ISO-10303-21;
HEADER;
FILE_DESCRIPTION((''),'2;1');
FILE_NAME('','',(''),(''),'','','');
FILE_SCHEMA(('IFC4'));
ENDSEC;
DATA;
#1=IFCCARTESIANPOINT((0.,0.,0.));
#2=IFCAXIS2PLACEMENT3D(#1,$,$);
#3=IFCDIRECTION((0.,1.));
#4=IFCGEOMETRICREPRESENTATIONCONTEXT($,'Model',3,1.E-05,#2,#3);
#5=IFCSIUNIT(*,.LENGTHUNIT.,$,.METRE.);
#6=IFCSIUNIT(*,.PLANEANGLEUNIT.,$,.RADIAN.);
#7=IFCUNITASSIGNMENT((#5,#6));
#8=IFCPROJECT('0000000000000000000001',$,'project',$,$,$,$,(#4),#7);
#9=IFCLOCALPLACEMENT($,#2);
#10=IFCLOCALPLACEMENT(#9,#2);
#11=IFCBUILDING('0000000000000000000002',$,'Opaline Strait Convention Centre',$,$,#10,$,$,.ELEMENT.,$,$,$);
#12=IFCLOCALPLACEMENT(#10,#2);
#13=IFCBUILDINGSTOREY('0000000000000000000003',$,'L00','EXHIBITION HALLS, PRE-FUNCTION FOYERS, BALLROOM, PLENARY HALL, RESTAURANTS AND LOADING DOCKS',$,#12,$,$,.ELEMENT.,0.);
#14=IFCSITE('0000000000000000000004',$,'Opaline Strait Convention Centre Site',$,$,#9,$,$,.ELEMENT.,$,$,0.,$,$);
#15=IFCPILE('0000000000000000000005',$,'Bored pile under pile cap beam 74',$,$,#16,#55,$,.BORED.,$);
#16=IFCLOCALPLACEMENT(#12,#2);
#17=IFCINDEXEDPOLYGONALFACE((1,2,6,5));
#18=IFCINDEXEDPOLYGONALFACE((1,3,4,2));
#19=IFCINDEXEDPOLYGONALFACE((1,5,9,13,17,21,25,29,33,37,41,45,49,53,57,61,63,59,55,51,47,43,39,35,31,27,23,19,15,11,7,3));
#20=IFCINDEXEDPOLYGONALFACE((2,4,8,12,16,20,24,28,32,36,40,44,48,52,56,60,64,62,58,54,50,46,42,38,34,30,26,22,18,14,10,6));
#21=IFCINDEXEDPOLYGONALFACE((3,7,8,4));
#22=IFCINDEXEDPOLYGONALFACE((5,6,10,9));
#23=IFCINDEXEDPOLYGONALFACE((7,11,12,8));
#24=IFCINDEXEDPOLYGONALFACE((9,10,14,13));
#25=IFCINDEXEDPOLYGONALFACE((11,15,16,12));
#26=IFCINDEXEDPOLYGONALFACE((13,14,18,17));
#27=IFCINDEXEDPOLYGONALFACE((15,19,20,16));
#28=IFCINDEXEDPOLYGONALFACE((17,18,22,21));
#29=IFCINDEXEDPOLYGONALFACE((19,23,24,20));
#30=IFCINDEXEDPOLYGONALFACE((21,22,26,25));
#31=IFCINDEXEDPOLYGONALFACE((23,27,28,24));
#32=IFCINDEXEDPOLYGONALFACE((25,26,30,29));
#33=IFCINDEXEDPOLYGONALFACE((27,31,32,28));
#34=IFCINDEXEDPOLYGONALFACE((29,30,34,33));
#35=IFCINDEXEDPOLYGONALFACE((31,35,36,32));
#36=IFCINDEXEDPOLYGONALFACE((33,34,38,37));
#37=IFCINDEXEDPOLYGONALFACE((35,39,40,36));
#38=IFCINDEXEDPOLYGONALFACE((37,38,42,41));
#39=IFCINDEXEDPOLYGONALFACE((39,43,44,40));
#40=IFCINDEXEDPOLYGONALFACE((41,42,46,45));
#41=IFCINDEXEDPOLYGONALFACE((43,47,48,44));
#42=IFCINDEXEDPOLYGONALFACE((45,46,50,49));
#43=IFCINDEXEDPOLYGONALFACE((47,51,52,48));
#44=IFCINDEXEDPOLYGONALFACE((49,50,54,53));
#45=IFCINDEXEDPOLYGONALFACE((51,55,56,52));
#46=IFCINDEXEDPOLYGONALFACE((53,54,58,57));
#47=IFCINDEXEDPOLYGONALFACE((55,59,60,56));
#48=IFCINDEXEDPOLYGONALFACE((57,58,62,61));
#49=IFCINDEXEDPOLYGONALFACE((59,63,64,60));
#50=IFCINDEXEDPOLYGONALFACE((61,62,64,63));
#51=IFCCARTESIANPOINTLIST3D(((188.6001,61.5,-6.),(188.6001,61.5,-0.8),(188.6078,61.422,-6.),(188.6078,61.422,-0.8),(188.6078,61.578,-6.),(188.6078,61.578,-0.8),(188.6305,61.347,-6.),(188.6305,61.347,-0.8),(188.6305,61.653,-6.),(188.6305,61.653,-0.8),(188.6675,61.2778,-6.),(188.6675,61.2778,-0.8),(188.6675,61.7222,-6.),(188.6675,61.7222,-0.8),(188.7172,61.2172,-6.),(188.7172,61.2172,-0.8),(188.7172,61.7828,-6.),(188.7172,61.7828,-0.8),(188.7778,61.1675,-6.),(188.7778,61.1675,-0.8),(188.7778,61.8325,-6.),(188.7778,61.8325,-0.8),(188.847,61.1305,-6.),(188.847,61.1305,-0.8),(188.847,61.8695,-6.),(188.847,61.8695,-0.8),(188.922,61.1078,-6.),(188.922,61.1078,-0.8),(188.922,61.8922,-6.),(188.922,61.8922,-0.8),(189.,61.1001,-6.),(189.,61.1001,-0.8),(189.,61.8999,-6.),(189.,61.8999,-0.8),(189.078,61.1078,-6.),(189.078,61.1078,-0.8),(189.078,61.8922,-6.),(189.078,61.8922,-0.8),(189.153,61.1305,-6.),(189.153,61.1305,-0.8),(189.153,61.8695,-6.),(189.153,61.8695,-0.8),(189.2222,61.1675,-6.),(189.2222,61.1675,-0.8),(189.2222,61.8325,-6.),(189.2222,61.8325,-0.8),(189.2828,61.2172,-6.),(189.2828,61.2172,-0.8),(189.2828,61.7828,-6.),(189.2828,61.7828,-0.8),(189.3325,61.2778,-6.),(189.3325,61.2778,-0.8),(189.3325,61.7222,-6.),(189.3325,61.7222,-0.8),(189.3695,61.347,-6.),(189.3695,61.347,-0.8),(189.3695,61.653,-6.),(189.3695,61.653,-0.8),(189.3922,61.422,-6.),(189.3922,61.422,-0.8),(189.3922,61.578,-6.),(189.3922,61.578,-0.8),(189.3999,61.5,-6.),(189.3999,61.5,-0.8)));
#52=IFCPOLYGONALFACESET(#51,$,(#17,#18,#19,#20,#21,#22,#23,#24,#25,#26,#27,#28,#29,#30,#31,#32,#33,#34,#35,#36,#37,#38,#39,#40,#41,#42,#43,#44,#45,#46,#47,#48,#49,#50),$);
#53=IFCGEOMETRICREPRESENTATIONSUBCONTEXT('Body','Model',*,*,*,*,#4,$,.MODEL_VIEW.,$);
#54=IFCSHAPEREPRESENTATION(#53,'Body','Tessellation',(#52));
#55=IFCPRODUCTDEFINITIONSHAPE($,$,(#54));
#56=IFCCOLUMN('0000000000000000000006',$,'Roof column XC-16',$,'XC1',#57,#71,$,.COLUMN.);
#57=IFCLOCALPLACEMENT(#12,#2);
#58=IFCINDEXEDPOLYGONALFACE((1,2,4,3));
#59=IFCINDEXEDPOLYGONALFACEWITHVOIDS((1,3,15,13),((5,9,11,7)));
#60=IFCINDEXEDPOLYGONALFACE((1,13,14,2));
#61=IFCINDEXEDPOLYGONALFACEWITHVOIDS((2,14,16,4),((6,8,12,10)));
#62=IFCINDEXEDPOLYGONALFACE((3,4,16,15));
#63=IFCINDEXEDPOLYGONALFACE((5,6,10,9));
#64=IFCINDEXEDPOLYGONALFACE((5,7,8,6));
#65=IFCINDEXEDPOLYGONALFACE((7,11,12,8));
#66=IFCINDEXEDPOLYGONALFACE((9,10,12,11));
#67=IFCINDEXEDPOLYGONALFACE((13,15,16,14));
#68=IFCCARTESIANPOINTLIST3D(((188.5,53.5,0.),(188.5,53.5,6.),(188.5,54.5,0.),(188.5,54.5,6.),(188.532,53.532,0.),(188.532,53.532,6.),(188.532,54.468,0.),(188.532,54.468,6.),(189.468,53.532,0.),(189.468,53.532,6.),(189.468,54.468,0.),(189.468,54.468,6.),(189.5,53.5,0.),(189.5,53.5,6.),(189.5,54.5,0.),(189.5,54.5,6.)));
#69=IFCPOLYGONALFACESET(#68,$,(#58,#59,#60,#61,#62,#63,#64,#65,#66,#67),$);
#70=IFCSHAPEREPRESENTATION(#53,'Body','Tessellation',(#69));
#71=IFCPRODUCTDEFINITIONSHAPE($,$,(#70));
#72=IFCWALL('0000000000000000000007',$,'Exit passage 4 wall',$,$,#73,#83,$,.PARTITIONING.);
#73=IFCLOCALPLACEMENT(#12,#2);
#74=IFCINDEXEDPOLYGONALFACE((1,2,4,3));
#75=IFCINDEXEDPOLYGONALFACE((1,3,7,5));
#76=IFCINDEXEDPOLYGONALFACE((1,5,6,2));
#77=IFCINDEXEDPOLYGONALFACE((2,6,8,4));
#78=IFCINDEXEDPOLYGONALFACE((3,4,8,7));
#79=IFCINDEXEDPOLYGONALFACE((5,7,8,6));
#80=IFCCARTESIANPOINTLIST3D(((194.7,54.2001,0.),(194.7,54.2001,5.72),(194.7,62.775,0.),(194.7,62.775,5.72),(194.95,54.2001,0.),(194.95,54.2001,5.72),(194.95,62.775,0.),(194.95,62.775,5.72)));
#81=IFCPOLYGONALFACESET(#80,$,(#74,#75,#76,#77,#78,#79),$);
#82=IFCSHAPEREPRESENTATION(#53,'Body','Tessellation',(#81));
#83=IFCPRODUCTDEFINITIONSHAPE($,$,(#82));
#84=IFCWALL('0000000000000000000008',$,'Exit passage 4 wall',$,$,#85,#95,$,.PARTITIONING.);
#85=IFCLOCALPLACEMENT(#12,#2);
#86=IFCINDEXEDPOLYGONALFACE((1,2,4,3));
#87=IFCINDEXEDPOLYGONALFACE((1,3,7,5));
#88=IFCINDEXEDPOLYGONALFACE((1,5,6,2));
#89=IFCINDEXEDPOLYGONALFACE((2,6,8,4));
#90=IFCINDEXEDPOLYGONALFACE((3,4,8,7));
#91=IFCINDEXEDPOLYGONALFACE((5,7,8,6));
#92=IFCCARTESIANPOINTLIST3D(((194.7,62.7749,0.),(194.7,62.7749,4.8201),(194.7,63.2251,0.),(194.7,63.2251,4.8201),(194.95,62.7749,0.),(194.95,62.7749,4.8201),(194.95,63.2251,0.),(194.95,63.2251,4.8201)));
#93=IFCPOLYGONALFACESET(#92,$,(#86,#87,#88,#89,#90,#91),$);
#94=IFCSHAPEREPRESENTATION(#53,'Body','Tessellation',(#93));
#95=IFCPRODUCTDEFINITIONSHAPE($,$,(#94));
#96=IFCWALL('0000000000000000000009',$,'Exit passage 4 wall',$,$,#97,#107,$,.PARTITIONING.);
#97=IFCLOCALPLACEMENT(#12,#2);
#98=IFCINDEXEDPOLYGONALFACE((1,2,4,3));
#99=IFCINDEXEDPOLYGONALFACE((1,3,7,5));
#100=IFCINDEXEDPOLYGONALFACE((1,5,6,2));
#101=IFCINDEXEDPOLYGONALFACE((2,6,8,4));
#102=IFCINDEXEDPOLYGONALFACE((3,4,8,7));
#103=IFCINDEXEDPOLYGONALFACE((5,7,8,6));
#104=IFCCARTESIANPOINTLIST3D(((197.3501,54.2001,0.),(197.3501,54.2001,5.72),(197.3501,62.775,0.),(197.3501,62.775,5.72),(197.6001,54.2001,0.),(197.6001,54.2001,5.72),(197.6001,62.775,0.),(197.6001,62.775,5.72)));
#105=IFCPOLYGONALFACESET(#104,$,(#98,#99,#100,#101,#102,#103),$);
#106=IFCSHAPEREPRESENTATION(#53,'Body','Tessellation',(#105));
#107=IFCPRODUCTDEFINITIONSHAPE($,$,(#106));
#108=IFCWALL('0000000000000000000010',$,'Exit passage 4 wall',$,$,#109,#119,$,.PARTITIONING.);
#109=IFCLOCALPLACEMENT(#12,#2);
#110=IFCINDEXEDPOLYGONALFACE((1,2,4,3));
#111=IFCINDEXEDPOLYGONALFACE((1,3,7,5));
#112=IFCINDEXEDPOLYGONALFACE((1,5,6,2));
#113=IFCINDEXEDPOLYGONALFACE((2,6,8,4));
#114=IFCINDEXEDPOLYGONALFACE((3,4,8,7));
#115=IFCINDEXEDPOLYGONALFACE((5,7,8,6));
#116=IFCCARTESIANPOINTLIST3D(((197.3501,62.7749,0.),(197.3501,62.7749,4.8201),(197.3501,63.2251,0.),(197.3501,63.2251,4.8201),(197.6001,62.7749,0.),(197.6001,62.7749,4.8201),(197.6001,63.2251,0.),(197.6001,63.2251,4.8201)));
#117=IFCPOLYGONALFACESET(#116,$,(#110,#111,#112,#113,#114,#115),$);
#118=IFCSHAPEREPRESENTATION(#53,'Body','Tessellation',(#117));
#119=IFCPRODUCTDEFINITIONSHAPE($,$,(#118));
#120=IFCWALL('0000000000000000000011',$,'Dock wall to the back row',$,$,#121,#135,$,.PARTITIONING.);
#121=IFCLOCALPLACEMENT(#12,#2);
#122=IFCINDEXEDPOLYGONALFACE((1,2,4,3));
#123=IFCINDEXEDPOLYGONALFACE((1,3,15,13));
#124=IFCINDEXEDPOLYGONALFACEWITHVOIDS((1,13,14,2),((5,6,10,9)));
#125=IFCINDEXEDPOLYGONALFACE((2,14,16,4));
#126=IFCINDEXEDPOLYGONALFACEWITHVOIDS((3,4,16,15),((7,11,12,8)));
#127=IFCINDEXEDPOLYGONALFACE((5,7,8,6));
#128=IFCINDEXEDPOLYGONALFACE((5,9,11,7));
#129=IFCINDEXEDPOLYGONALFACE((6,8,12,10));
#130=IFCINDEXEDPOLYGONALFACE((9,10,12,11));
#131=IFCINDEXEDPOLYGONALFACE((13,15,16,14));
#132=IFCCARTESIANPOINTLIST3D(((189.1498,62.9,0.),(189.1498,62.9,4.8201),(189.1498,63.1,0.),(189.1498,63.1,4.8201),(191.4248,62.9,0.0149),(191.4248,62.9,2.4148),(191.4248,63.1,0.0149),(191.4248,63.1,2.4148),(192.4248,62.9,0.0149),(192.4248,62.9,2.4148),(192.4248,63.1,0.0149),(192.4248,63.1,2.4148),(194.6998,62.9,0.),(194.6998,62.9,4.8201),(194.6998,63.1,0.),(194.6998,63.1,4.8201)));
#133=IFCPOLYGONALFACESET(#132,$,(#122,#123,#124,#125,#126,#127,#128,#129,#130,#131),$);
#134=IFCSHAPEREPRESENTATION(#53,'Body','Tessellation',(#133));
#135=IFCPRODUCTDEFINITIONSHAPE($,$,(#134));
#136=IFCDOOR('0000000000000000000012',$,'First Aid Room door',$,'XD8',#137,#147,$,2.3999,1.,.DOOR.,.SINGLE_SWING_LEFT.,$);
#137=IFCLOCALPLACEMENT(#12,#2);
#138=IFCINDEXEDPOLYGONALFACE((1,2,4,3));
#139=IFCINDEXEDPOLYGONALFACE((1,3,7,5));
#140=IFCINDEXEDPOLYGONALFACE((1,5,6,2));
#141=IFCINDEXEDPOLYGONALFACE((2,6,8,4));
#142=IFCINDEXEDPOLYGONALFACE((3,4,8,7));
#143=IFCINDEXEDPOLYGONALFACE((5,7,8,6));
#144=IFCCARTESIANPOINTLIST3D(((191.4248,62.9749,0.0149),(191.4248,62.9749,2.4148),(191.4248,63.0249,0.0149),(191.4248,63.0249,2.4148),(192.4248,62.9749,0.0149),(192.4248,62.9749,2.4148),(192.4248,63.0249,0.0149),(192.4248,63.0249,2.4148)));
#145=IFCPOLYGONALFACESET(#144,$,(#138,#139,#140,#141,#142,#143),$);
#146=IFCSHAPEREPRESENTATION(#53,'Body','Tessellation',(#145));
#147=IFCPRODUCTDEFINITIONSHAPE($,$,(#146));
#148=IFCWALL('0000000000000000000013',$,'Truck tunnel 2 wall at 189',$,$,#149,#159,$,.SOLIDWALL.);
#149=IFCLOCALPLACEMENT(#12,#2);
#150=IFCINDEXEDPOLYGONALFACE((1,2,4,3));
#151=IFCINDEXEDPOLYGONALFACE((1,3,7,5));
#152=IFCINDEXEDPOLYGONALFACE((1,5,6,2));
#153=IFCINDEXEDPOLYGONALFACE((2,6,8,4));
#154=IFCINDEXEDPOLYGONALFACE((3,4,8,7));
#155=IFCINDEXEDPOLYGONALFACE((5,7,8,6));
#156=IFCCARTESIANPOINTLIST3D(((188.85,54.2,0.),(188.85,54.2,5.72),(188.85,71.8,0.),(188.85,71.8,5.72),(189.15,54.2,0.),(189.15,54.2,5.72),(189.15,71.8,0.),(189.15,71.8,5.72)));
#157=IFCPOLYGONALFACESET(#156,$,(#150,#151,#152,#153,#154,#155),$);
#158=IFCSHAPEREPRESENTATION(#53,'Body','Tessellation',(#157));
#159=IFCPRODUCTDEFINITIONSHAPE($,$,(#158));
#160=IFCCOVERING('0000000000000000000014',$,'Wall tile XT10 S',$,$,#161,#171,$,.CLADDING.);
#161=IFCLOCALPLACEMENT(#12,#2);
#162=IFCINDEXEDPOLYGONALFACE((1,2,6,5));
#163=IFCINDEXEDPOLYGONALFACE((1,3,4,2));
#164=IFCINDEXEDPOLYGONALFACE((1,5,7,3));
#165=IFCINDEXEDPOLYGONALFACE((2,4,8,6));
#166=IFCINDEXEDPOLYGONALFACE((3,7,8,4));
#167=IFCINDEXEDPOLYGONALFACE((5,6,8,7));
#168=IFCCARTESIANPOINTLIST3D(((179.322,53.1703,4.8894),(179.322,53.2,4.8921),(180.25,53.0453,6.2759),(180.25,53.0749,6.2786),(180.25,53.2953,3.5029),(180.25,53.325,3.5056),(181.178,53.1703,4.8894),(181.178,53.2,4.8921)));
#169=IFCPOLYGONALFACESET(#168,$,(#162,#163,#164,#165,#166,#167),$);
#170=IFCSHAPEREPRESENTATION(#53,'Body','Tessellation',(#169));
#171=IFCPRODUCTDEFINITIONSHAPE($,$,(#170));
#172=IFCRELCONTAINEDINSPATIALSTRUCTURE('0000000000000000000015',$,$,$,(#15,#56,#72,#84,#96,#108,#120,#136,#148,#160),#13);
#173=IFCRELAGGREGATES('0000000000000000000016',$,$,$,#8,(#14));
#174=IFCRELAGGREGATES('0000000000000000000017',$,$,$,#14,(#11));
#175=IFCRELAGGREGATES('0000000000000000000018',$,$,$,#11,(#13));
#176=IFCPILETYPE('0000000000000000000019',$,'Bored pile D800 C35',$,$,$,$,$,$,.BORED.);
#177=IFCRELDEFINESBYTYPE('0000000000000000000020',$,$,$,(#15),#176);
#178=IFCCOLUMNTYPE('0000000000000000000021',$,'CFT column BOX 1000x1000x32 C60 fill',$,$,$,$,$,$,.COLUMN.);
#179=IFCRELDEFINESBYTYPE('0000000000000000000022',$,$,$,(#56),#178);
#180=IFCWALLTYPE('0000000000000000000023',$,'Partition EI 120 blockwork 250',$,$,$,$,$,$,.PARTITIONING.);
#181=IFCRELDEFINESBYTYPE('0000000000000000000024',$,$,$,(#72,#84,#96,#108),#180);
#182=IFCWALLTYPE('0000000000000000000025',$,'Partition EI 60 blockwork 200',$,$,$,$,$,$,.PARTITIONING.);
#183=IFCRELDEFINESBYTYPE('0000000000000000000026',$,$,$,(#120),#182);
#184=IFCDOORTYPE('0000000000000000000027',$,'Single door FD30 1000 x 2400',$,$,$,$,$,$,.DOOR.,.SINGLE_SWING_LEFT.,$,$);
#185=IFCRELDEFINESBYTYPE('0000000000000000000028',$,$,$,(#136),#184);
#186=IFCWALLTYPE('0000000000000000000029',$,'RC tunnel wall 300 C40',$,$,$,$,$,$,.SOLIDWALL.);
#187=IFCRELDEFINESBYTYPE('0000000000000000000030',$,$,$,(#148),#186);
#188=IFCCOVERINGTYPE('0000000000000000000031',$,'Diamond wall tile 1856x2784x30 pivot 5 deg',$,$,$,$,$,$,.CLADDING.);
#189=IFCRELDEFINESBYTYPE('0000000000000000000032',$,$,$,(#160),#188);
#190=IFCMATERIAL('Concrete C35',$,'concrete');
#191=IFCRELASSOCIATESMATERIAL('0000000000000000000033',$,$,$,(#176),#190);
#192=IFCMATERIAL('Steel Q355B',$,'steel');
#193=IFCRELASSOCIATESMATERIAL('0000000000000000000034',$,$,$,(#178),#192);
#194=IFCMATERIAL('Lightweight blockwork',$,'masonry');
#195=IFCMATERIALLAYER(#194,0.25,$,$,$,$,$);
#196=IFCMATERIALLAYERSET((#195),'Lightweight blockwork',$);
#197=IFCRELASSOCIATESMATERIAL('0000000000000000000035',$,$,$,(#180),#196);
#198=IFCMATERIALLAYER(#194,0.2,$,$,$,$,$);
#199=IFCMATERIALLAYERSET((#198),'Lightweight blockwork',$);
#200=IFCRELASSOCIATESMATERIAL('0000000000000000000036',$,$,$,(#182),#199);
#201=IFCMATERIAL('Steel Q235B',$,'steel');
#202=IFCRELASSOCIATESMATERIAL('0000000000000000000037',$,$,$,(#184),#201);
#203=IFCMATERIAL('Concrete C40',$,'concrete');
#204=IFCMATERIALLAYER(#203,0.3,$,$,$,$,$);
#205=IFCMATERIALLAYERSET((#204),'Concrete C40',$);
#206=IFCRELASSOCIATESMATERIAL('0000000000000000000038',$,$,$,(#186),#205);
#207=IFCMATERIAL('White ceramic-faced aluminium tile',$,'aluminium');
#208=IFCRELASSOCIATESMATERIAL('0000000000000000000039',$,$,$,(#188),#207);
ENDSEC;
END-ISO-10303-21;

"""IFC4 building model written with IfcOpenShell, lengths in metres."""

from ifc_helpers import new_model, si_unit, direction, frame, frame_2d, origin, origin_2d, place, context, subcontext, project, spatial, polyline, rectangle, hollow_rectangle, circle, outline, extrude, material, layer, layer_set, material_profile, profile_set, type_object, element, fill, save


model = new_model("IFC4")

# Units and contexts
model_context = context("Model", 3, precision=1e-05, world=origin(), true_north=direction((0.0, 1.0)))
body_context = subcontext(model_context, "Body", "Model", "MODEL_VIEW")
ifc_project = project(units=[si_unit("LENGTHUNIT", "METRE"), si_unit("PLANEANGLEUNIT", "RADIAN")], contexts=[model_context])

# Site, building, storey
site_placement = place(None, origin())
site = spatial("IfcSite", under=ifc_project, at=site_placement, Name="Opaline Strait Convention Centre Site", CompositionType="ELEMENT", RefElevation=0.0)
building_placement = place(site_placement, origin())
building = spatial("IfcBuilding", under=site, at=building_placement, Name="Opaline Strait Convention Centre", CompositionType="ELEMENT")
storey_placement = place(building_placement, origin())
storey = spatial("IfcBuildingStorey", under=building, at=storey_placement, Name="L00", Description="EXHIBITION HALLS, PRE-FUNCTION FOYERS, BALLROOM, PLENARY HALL, RESTAURANTS AND LOADING DOCKS", CompositionType="ELEMENT", Elevation=0.0)

# Pile
ifc_material_1 = material(Name="Concrete C35", Category="concrete")
ifc_material_profile_1 = material_profile(ifc_material_1, circle(Radius=0.3999, at=origin_2d()), Name="D800")
ifc_profile_set_1 = profile_set([ifc_material_profile_1], Name="Concrete C35")
pile_type_1 = type_object("IfcPileType", Name="Bored pile D800 C35", PredefinedType="BORED", material=ifc_profile_set_1)
for number, where, z_axis, x_axis, name in (
    (1, (189.0, 61.5, -0.8), (0.0, 0.0, -1.0), (1.0, 0.0, 0.0), "Bored pile under pile cap beam 74"),
):
    element("IfcPile", number, at=place(storey_placement, frame(where, z_axis=z_axis, x_axis=x_axis)), inside=storey, type_object=pile_type_1, Name=name, PredefinedType="BORED", context=body_context, shape_type="SweptSolid", body=[
        extrude(circle(Radius=0.3999, at=origin_2d()), origin(), (0.0, 0.0, 1.0), 5.2),
    ])

# Column
ifc_material_2 = material(Name="Steel Q355B", Category="steel")
ifc_material_profile_2 = material_profile(ifc_material_2, hollow_rectangle(XDim=1.0, YDim=1.0, WallThickness=0.032, at=origin_2d()), Name="BOX 1000x1000x32")
ifc_profile_set_2 = profile_set([ifc_material_profile_2], Name="Steel Q355B")
column_type = type_object("IfcColumnType", Name="CFT column BOX 1000x1000x32 C60 fill", PredefinedType="COLUMN", material=ifc_profile_set_2)
column_placement = place(storey_placement, frame((189.0, 54.0, 0.0), z_axis=(0.0, 0.0, 1.0), x_axis=(1.0, 0.0, 0.0)))
element("IfcColumn", 2, at=column_placement, inside=storey, type_object=column_type, Name="Roof column XC-16", ObjectType="XC1", PredefinedType="COLUMN", context=body_context, shape_type="SweptSolid", body=[
    extrude(hollow_rectangle(XDim=1.0, YDim=1.0, WallThickness=0.032, at=origin_2d()), origin(), (0.0, 0.0, 1.0), 6.0),
])

# Shared definitions
ifc_material_3 = material(Name="Concrete C40", Category="concrete")
ifc_material_4 = material(Name="Steel Q235B", Category="steel")

# Walls
ifc_material_5 = material(Name="Lightweight blockwork", Category="masonry")
ifc_layer_1 = layer(ifc_material_5, 0.25)
ifc_layer_set_1 = layer_set([ifc_layer_1], Name="Lightweight blockwork")
wall_type_1 = type_object("IfcWallType", Name="Partition EI 120 blockwork 250", PredefinedType="PARTITIONING", material=ifc_layer_set_1)
wall_1_placement = place(storey_placement, frame((194.825, 54.2, 0.0), z_axis=(0.0, 0.0, 1.0), x_axis=(0.0, 1.0, 0.0)))
element("IfcWall", 3, at=wall_1_placement, inside=storey, type_object=wall_type_1, Name="Exit passage 4 wall", PredefinedType="PARTITIONING", context=body_context, shape_type="SweptSolid", body=[
    extrude(rectangle(XDim=8.575, YDim=0.25, at=frame_2d((4.2876, 0.0))), origin(), (0.0, 0.0, 1.0), 5.72),
])
wall_2_placement = place(storey_placement, frame((194.825, 62.7749, 0.0), z_axis=(0.0, 0.0, 1.0), x_axis=(0.0, 1.0, 0.0)))
element("IfcWall", 4, at=wall_2_placement, inside=storey, type_object=wall_type_1, Name="Exit passage 4 wall", PredefinedType="PARTITIONING", context=body_context, shape_type="SweptSolid", body=[
    extrude(rectangle(XDim=0.4502, YDim=0.25, at=frame_2d((0.2251, 0.0))), origin(), (0.0, 0.0, 1.0), 4.8201),
])
wall_3_placement = place(storey_placement, frame((197.4751, 54.2, 0.0), z_axis=(0.0, 0.0, 1.0), x_axis=(0.0, 1.0, 0.0)))
element("IfcWall", 5, at=wall_3_placement, inside=storey, type_object=wall_type_1, Name="Exit passage 4 wall", PredefinedType="PARTITIONING", context=body_context, shape_type="SweptSolid", body=[
    extrude(rectangle(XDim=8.575, YDim=0.25, at=frame_2d((4.2876, 0.0))), origin(), (0.0, 0.0, 1.0), 5.72),
])
wall_4_placement = place(storey_placement, frame((197.4751, 62.7749, 0.0), z_axis=(0.0, 0.0, 1.0), x_axis=(0.0, 1.0, 0.0)))
element("IfcWall", 6, at=wall_4_placement, inside=storey, type_object=wall_type_1, Name="Exit passage 4 wall", PredefinedType="PARTITIONING", context=body_context, shape_type="SweptSolid", body=[
    extrude(rectangle(XDim=0.4502, YDim=0.25, at=frame_2d((0.2251, 0.0))), origin(), (0.0, 0.0, 1.0), 4.8201),
])

# Wall, opening, door
ifc_layer_2 = layer(ifc_material_5, 0.2)
ifc_layer_set_2 = layer_set([ifc_layer_2], Name="Lightweight blockwork")
wall_type_2 = type_object("IfcWallType", Name="Partition EI 60 blockwork 200", PredefinedType="PARTITIONING", material=ifc_layer_set_2)
wall_5_placement = place(storey_placement, frame((189.1499, 63.0, 0.0), z_axis=(0.0, 0.0, 1.0), x_axis=(1.0, 0.0, 0.0)))
wall_5 = element("IfcWall", 7, at=wall_5_placement, inside=storey, type_object=wall_type_2, Name="Dock wall to the back row", PredefinedType="PARTITIONING", context=body_context, shape_type="SweptSolid", body=[
    extrude(rectangle(XDim=5.55, YDim=0.2, at=frame_2d((2.7749, 0.0))), origin(), (0.0, 0.0, 1.0), 4.8201),
])
opening_1_placement = place(wall_5_placement, frame((2.2749, 0.0, 0.0149)))
opening_1 = element("IfcOpeningElement", 8, at=opening_1_placement, cuts=wall_5, PredefinedType="OPENING", context=body_context, shape_type="SweptSolid", body=[
    extrude(rectangle(XDim=1.0, YDim=2.3999, at=frame_2d((0.5, 1.2))), frame((0.0, 0.1099, 0.0), z_axis=(0.0, -1.0, 0.0), x_axis=(1.0, 0.0, 0.0)), (0.0, 0.0, 1.0), 0.22),
])
door_type_1 = type_object("IfcDoorType", Name="Single door FD30 1000 x 2400", OperationType="SINGLE_SWING_LEFT", PredefinedType="DOOR", material=ifc_material_4)
door_1_placement = place(opening_1_placement, origin())
door_1 = element("IfcDoor", 9, at=door_1_placement, inside=storey, type_object=door_type_1, Name="First Aid Room door", ObjectType="XD8", OperationType="SINGLE_SWING_LEFT", OverallHeight=2.3999, OverallWidth=1.0, PredefinedType="DOOR", context=body_context, shape_type="SweptSolid", body=[
    extrude(rectangle(XDim=1.0, YDim=2.3999, at=frame_2d((0.5, 1.2))), frame((0.0, 0.0249, 0.0), z_axis=(0.0, -1.0, 0.0), x_axis=(1.0, 0.0, 0.0)), (0.0, 0.0, 1.0), 0.05),
])
fill(opening_1, door_1)

# Wall
ifc_layer_3 = layer(ifc_material_3, 0.3)
ifc_layer_set_3 = layer_set([ifc_layer_3], Name="Concrete C40")
wall_type_3 = type_object("IfcWallType", Name="RC tunnel wall 300 C40", PredefinedType="SOLIDWALL", material=ifc_layer_set_3)
wall_6_placement = place(storey_placement, frame((189.0, 54.2, 0.0), z_axis=(0.0, 0.0, 1.0), x_axis=(0.0, 1.0, 0.0)))
element("IfcWall", 10, at=wall_6_placement, inside=storey, type_object=wall_type_3, Name="Truck tunnel 2 wall at 189", PredefinedType="SOLIDWALL", context=body_context, shape_type="SweptSolid", body=[
    extrude(rectangle(XDim=17.6001, YDim=0.3, at=frame_2d((8.8, 0.0))), origin(), (0.0, 0.0, 1.0), 5.72),
])

# Covering
ifc_material_6 = material(Name="White ceramic-faced aluminium tile", Category="aluminium")
ifc_material_profile_3 = material_profile(ifc_material_6, outline(polyline([(0.928, 0.0), (0.0, 1.3921), (-0.928, 0.0), (0.0, -1.3921), (0.928, 0.0)])), Name="Diamond tile 1856x2784")
ifc_profile_set_3 = profile_set([ifc_material_profile_3], Name="White ceramic-faced aluminium tile")
covering_type_1 = type_object("IfcCoveringType", Name="Diamond wall tile 1856x2784x30 pivot 5 deg", PredefinedType="CLADDING", material=ifc_profile_set_3)
for number, where, z_axis, x_axis, name in (
    (11, (180.25, 53.2, 4.8921), (0.0, -0.99596, -0.0898), (1.0, 0.0, 0.0), "Wall tile XT10 S"),
):
    element("IfcCovering", number, at=place(storey_placement, frame(where, z_axis=z_axis, x_axis=x_axis)), inside=storey, type_object=covering_type_1, Name=name, PredefinedType="CLADDING", context=body_context, shape_type="SweptSolid", body=[
        extrude(outline(polyline([(0.928, 0.0), (0.0, 1.3921), (-0.928, 0.0), (0.0, -1.3921), (0.928, 0.0)])), origin(), (0.0, 0.0, 1.0), 0.0298),
    ])

save(model, "model.ifc")
